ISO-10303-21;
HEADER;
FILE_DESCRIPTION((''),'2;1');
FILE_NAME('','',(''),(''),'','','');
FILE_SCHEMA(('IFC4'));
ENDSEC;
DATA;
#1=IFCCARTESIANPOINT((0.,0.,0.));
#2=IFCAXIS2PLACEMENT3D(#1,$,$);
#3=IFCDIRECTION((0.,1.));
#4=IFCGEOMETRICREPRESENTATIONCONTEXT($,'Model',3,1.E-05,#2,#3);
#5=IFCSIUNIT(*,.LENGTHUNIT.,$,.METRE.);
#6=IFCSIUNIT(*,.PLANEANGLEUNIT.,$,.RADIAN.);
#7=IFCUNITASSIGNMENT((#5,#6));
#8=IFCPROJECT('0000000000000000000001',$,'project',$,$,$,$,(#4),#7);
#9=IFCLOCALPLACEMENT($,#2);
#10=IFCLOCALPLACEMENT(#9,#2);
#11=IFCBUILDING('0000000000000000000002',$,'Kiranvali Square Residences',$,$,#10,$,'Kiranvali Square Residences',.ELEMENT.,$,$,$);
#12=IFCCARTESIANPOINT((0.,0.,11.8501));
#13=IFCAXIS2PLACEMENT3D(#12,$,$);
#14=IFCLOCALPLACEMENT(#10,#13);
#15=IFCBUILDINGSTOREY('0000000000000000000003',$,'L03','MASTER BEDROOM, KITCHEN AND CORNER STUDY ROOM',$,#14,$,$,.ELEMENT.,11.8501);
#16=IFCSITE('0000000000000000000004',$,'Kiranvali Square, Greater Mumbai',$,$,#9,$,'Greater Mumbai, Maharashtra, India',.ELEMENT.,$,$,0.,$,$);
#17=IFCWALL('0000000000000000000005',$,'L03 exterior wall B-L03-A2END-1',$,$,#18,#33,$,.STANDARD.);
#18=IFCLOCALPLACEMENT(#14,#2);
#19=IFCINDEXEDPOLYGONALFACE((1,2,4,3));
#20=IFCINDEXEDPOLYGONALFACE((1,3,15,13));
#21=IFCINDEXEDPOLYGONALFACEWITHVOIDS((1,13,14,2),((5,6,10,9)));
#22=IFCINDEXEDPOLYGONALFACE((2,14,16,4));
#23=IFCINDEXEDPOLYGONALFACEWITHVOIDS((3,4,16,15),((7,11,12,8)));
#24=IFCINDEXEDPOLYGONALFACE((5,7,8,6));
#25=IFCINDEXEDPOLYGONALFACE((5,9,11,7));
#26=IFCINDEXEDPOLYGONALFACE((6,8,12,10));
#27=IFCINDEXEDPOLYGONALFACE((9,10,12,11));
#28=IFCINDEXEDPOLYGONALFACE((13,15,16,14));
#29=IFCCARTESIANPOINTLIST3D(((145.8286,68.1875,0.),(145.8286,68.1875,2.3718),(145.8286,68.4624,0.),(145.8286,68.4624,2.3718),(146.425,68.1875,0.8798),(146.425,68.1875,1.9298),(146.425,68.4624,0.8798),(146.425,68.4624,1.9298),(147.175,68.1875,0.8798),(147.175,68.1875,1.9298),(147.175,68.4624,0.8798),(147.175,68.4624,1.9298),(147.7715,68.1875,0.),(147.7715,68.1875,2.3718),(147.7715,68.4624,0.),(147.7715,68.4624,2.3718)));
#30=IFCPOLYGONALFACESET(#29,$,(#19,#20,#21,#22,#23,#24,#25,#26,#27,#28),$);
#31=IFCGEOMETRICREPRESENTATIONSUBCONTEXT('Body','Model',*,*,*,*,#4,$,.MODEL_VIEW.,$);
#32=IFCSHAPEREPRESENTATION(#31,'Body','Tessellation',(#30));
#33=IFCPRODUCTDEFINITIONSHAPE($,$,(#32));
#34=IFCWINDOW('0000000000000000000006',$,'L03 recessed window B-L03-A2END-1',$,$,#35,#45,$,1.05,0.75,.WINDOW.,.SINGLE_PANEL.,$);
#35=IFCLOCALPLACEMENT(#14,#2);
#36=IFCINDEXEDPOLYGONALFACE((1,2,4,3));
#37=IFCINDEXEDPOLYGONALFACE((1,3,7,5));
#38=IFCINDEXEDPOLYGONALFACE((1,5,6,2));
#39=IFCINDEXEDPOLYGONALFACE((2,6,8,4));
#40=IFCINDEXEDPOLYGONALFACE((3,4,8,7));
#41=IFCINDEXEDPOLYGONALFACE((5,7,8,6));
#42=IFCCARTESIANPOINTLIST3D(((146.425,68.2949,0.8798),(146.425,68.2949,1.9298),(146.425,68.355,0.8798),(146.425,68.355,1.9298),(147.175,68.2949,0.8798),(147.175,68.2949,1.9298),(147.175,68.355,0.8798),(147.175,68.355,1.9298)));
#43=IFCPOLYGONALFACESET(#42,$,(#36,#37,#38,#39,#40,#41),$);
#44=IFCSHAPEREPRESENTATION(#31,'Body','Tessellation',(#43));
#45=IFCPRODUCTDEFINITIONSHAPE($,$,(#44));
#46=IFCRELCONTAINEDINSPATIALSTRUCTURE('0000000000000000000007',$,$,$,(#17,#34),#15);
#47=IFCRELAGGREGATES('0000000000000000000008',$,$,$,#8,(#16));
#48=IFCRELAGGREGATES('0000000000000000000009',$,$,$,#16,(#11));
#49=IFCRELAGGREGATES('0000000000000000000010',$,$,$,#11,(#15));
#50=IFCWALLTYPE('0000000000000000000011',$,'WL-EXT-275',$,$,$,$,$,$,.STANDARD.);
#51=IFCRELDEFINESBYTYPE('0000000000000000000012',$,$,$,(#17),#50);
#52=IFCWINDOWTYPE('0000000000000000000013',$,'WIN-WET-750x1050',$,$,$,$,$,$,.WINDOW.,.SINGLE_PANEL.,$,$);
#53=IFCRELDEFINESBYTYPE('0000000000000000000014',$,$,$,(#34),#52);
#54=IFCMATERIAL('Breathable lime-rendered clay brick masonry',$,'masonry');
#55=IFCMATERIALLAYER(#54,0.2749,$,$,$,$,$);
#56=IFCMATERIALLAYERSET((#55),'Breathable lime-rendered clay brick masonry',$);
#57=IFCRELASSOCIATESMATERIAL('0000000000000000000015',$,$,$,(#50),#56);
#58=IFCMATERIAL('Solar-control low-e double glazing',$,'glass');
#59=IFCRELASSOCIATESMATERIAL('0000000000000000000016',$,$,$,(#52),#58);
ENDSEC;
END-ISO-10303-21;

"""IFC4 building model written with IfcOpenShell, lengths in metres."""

from ifc_helpers import new_model, si_unit, direction, frame, frame_2d, origin, place, context, subcontext, project, spatial, rectangle, extrude, material, layer, layer_set, type_object, element, fill, save


model = new_model("IFC4")

# Units and contexts
model_context = context("Model", 3, precision=1e-05, world=origin(), true_north=direction((0.0, 1.0)))
body_context = subcontext(model_context, "Body", "Model", "MODEL_VIEW")
ifc_project = project(units=[si_unit("LENGTHUNIT", "METRE"), si_unit("PLANEANGLEUNIT", "RADIAN")], contexts=[model_context])

# Site, building, storey
site_placement = place(None, origin())
site = spatial("IfcSite", under=ifc_project, at=site_placement, Name="Kiranvali Square, Greater Mumbai", LongName="Greater Mumbai, Maharashtra, India", CompositionType="ELEMENT", RefElevation=0.0)
building_placement = place(site_placement, origin())
building = spatial("IfcBuilding", under=site, at=building_placement, Name="Kiranvali Square Residences", LongName="Kiranvali Square Residences", CompositionType="ELEMENT")
storey_placement = place(building_placement, frame((0.0, 0.0, 11.8501)))
storey = spatial("IfcBuildingStorey", under=building, at=storey_placement, Name="L03", Description="MASTER BEDROOM, KITCHEN AND CORNER STUDY ROOM", CompositionType="ELEMENT", Elevation=11.8501)

# Wall, opening, window
ifc_material_1 = material(Name="Breathable lime-rendered clay brick masonry", Category="masonry")
ifc_layer_1 = layer(ifc_material_1, 0.2749)
ifc_layer_set_1 = layer_set([ifc_layer_1], Name="Breathable lime-rendered clay brick masonry")
wall_type_1 = type_object("IfcWallType", Name="WL-EXT-275", PredefinedType="STANDARD", material=ifc_layer_set_1)
wall_1_placement = place(storey_placement, frame((145.8286, 68.325, 0.0), z_axis=(0.0, 0.0, 1.0), x_axis=(1.0, 0.0, 0.0)))
wall_1 = element("IfcWall", 1, at=wall_1_placement, inside=storey, type_object=wall_type_1, Name="L03 exterior wall B-L03-A2END-1", PredefinedType="STANDARD", context=body_context, shape_type="SweptSolid", body=[
    extrude(rectangle(XDim=1.9429, YDim=0.2749, at=frame_2d((0.9714, 0.0))), origin(), (0.0, 0.0, 1.0), 2.3718),
])
opening_1_placement = place(wall_1_placement, frame((0.5964, 0.0, 0.8799)))
opening_1 = element("IfcOpeningElement", 2, at=opening_1_placement, cuts=wall_1, PredefinedType="OPENING", context=body_context, shape_type="SweptSolid", body=[
    extrude(rectangle(XDim=0.75, YDim=1.05, at=frame_2d((0.375, 0.5249))), frame((0.0, 0.1475, 0.0), z_axis=(0.0, -1.0, 0.0), x_axis=(1.0, 0.0, 0.0)), (0.0, 0.0, 1.0), 0.2949),
])
ifc_material_2 = material(Name="Solar-control low-e double glazing", Category="glass")
window_type = type_object("IfcWindowType", Name="WIN-WET-750x1050", PartitioningType="SINGLE_PANEL", PredefinedType="WINDOW", material=ifc_material_2)
window_placement = place(opening_1_placement, origin())
window = element("IfcWindow", 3, at=window_placement, inside=storey, type_object=window_type, Name="L03 recessed window B-L03-A2END-1", OverallHeight=1.05, OverallWidth=0.75, PartitioningType="SINGLE_PANEL", PredefinedType="WINDOW", context=body_context, shape_type="SweptSolid", body=[
    extrude(rectangle(XDim=0.75, YDim=1.05, at=frame_2d((0.375, 0.5249))), frame((0.0, 0.03, 0.0), z_axis=(0.0, -1.0, 0.0), x_axis=(1.0, 0.0, 0.0)), (0.0, 0.0, 1.0), 0.0601),
])
fill(opening_1, window)

save(model, "model.ifc")
